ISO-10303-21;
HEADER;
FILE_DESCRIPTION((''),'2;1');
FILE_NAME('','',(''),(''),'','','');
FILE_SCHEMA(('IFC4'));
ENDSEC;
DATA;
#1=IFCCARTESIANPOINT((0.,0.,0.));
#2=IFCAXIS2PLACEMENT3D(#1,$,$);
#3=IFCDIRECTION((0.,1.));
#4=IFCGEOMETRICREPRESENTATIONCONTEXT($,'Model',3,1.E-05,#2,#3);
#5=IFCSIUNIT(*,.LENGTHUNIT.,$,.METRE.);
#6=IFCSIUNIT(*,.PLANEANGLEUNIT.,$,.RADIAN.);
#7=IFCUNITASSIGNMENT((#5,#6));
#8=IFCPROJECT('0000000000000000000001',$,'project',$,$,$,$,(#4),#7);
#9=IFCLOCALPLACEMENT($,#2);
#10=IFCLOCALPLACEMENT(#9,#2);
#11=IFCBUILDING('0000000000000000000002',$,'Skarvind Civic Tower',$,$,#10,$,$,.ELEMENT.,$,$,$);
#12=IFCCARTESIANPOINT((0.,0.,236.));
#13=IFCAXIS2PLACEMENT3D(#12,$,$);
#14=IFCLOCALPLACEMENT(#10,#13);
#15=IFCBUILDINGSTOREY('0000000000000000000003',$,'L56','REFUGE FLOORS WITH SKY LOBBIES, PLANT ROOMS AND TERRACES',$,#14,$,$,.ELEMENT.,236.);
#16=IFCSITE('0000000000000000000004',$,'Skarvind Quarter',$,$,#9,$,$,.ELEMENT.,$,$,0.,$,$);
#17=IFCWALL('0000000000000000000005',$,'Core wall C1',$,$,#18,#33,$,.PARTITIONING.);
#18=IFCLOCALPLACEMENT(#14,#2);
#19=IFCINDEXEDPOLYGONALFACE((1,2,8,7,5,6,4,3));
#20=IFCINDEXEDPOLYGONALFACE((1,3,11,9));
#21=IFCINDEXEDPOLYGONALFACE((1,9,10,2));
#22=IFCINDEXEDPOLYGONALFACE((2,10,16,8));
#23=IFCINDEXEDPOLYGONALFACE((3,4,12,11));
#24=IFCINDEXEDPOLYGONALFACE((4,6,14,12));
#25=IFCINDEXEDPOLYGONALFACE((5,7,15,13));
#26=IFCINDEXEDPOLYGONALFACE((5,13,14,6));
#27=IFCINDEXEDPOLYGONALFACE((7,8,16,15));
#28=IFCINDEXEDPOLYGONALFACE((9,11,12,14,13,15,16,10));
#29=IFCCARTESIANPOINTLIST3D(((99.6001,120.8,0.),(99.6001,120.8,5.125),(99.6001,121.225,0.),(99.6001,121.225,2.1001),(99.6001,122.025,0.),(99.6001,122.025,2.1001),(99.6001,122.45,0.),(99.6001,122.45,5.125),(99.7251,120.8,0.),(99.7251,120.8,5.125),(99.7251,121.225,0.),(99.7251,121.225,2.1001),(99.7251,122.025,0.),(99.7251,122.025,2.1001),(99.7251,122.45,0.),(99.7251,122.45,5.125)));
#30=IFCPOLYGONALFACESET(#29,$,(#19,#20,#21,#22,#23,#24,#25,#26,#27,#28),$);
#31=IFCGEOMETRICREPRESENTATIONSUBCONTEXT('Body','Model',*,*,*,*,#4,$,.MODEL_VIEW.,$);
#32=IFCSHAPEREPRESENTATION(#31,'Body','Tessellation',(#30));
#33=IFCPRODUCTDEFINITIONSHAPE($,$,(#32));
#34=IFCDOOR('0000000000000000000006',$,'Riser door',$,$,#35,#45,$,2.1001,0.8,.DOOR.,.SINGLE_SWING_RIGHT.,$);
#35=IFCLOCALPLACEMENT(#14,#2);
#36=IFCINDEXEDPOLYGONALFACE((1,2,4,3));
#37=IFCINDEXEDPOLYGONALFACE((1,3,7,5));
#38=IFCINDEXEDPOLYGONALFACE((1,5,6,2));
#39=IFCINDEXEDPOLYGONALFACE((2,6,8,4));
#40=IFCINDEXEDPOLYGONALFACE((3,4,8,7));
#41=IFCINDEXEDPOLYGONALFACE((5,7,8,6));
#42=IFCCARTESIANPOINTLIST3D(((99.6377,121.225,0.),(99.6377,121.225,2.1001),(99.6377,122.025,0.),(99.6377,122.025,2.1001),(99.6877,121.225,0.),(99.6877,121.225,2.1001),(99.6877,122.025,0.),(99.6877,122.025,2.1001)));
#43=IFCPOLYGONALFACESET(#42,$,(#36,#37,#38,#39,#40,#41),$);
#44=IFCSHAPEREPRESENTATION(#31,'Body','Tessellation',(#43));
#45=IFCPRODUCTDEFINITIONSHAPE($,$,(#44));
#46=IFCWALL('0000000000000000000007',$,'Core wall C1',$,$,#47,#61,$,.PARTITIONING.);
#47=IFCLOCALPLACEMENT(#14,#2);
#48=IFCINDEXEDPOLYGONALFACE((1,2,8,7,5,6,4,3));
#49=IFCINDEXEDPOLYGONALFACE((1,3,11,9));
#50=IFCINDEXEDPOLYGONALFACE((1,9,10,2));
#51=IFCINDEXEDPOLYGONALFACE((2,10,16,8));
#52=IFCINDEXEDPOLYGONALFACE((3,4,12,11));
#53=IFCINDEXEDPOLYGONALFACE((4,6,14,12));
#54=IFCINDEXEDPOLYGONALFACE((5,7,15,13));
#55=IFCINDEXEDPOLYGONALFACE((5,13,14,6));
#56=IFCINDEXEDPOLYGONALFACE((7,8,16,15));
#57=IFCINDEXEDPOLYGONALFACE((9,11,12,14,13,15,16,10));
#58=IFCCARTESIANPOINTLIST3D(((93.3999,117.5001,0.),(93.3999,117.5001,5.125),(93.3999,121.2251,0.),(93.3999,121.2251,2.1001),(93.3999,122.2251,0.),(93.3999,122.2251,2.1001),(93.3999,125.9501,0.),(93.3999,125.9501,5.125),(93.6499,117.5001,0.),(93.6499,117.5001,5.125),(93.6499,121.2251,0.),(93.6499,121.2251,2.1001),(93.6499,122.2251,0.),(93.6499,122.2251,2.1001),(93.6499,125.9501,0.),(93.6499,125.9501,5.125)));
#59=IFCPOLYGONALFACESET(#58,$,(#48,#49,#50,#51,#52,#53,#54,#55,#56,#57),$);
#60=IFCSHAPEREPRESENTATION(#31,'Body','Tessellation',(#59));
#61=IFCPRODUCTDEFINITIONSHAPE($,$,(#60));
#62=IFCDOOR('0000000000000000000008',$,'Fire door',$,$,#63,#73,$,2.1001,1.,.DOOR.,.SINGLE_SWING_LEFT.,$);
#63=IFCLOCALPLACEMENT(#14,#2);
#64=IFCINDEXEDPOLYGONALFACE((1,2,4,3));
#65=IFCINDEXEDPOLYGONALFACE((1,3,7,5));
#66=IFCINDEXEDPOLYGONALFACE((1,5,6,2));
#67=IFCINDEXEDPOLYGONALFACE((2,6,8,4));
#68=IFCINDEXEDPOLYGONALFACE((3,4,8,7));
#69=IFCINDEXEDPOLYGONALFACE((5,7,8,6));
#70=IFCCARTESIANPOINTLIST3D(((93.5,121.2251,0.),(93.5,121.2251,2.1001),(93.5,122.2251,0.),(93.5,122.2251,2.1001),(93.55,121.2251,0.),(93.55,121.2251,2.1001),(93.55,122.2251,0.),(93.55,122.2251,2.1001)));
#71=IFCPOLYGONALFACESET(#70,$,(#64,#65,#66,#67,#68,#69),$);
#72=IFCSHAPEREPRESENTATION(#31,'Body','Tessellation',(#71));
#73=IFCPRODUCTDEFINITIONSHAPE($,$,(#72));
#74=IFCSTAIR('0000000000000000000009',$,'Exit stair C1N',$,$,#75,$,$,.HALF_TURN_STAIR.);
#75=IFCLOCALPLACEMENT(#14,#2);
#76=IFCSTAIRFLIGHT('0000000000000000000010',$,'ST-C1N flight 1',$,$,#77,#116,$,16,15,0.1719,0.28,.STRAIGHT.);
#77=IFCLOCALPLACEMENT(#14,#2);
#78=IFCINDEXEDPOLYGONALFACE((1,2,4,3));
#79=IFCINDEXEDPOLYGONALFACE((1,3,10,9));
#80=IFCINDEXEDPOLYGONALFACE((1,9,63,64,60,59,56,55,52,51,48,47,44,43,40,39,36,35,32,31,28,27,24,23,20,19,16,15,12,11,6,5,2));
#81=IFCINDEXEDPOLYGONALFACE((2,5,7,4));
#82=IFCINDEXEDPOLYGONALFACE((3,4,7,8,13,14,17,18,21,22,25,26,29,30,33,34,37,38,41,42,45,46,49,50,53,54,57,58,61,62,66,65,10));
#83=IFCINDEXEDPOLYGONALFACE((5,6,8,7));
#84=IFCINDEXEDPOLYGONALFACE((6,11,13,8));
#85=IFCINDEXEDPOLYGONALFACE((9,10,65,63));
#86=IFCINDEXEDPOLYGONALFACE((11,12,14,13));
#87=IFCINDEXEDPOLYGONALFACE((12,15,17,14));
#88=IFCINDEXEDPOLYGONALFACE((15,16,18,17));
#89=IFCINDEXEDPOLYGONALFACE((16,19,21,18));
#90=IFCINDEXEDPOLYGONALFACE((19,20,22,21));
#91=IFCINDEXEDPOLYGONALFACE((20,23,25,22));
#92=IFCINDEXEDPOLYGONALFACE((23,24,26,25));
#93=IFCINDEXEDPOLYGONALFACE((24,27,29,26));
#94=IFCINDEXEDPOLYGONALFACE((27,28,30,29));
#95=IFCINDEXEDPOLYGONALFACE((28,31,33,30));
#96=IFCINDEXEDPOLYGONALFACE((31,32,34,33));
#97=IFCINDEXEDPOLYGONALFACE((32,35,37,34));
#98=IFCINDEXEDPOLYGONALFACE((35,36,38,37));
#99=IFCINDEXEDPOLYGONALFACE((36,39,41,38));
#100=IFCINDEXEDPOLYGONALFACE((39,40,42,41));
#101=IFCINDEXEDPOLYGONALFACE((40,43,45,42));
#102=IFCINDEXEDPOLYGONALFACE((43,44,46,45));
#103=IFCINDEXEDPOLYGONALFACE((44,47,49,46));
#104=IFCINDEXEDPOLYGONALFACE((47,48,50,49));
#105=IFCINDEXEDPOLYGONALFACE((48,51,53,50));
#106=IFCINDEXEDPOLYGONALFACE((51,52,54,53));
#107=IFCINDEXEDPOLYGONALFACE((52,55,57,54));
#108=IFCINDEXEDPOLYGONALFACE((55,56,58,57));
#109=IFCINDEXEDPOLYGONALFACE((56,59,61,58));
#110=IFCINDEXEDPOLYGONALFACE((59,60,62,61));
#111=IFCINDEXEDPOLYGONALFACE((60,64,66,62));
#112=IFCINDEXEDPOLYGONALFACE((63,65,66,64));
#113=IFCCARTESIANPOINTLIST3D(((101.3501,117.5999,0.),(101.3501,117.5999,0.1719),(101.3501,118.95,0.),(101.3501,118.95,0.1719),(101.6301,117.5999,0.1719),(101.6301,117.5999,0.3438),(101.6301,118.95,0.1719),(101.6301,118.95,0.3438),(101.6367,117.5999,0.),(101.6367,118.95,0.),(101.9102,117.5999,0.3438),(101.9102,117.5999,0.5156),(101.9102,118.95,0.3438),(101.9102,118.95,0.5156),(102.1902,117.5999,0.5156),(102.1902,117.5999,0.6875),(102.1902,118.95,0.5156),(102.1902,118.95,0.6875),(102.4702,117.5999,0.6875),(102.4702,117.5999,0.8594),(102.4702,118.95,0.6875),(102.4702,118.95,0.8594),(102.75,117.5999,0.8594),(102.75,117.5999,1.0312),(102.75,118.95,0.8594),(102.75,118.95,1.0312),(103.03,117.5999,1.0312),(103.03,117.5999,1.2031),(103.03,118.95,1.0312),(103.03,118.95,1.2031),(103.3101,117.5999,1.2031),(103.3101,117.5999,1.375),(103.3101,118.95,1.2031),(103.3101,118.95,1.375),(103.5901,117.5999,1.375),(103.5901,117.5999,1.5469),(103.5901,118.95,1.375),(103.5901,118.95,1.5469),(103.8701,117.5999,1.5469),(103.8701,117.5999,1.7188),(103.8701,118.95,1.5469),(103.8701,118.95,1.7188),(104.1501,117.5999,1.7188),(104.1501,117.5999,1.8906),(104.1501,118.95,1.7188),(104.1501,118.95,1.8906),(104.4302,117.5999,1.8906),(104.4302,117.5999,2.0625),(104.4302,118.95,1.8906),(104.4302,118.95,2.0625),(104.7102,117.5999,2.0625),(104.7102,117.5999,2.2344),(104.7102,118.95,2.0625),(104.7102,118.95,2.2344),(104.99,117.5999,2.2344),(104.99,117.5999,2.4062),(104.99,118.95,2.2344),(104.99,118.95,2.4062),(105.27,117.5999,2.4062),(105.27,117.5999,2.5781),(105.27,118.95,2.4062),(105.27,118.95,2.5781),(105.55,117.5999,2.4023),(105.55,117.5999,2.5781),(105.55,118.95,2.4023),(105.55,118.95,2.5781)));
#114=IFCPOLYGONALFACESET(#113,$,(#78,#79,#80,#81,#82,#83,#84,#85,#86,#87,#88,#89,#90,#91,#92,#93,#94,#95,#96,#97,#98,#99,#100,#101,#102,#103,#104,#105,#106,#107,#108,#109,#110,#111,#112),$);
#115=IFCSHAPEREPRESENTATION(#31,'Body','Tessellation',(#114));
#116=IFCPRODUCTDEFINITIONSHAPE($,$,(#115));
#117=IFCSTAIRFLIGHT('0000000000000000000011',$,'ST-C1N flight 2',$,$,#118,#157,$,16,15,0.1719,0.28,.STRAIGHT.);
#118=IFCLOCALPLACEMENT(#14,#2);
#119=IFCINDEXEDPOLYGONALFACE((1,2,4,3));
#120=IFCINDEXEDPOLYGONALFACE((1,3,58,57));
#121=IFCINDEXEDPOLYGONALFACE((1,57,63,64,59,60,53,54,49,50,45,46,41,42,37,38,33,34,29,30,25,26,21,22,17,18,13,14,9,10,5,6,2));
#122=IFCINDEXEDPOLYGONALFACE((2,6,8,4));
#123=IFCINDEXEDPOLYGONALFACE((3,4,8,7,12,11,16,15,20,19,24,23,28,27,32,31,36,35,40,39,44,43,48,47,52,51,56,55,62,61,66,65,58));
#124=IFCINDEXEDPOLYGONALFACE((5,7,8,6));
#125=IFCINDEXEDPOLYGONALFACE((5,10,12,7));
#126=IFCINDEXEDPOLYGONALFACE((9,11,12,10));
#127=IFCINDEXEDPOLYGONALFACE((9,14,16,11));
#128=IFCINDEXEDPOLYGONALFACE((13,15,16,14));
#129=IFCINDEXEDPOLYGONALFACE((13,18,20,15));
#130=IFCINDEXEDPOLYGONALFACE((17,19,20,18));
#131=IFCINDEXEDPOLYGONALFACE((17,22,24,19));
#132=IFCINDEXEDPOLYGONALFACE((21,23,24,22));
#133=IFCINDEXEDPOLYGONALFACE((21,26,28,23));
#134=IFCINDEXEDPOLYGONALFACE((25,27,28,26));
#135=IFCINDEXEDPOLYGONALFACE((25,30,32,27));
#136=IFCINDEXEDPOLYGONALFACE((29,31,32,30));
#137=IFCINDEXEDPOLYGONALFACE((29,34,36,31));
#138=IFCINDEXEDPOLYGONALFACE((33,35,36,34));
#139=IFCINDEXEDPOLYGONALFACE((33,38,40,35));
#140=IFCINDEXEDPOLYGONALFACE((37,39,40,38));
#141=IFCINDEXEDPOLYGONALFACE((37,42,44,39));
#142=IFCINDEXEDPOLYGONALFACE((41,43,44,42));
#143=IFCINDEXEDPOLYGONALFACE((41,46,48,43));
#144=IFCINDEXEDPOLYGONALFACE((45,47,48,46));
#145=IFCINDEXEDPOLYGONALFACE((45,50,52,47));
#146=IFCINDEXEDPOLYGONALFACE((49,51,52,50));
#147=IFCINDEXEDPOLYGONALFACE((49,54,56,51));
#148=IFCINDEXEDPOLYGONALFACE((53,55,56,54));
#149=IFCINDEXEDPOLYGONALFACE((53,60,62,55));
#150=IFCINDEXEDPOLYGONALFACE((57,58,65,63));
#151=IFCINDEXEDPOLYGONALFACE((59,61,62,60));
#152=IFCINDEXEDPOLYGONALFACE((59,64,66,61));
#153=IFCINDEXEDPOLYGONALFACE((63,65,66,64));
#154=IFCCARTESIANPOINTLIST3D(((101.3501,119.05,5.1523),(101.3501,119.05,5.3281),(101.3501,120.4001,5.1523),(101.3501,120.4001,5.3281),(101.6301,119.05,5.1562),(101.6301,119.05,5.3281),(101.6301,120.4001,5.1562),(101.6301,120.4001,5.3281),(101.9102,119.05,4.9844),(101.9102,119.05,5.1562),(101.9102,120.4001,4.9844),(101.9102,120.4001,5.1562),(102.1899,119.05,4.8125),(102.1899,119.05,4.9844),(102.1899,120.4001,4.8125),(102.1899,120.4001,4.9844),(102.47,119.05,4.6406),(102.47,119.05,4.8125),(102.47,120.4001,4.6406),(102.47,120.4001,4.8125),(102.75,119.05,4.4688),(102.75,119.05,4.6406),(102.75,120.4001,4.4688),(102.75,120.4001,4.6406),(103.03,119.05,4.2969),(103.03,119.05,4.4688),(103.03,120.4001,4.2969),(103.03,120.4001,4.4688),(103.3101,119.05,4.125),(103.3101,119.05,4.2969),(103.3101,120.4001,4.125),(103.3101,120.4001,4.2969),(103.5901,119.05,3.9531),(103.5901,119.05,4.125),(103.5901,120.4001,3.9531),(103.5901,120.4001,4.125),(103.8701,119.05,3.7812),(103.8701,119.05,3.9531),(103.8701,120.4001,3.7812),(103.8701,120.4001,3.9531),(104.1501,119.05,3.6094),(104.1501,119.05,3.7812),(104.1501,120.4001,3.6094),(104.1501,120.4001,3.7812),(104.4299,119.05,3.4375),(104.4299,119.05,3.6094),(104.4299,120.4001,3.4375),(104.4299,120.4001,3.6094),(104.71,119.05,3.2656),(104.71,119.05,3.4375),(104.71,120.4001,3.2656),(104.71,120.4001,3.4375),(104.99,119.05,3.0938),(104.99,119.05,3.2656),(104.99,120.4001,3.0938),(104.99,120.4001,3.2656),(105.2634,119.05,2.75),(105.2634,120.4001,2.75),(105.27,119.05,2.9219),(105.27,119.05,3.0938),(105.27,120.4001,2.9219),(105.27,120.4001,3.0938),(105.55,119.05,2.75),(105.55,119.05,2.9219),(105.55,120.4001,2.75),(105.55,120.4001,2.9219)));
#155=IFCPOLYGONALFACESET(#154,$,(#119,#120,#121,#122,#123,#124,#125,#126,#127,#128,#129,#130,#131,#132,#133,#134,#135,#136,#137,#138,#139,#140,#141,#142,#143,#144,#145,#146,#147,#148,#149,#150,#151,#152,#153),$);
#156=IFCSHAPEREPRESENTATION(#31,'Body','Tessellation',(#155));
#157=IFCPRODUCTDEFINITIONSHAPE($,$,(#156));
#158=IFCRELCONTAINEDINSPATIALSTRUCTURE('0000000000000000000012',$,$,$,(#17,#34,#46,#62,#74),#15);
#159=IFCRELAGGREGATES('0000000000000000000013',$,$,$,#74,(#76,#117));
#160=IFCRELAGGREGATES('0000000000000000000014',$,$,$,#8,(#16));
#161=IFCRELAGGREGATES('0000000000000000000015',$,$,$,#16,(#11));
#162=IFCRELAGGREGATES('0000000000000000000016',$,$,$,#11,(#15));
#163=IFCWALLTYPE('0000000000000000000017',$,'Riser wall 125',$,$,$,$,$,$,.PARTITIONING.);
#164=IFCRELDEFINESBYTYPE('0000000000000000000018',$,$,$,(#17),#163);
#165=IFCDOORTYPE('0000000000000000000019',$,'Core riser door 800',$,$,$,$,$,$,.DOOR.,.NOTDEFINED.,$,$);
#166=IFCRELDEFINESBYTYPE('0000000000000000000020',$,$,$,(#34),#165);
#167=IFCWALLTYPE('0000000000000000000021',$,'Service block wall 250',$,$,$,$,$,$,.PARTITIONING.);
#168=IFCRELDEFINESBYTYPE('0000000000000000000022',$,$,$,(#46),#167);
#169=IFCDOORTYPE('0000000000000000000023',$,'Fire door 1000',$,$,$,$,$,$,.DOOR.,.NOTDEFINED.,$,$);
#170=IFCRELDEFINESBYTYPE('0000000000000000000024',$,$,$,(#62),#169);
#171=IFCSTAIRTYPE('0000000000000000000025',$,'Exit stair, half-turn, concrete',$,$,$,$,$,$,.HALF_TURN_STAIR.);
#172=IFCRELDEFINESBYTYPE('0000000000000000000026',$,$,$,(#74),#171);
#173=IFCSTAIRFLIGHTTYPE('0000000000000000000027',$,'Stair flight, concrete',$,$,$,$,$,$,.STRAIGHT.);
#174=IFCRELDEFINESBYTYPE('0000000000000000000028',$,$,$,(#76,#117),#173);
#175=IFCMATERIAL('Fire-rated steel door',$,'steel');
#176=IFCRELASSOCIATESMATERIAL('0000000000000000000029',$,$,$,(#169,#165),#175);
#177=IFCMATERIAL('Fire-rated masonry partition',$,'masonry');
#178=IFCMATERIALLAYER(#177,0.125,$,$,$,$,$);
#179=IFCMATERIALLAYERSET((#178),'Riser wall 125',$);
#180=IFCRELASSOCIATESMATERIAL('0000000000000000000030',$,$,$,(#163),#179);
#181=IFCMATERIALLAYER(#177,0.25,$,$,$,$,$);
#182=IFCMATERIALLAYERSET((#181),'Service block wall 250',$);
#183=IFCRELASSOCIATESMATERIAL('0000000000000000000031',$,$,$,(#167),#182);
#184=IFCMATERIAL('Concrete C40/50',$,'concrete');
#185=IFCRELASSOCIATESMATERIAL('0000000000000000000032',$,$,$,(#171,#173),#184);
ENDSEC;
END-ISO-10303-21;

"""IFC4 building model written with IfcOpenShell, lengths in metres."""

from ifc_helpers import new_model, si_unit, direction, frame, frame_2d, origin, place, context, subcontext, project, spatial, polyline, rectangle, outline, extrude, material, layer, layer_set, type_object, element, fill, aggregate, save


model = new_model("IFC4")

# Units and contexts
model_context = context("Model", 3, precision=1e-05, world=origin(), true_north=direction((0.0, 1.0)))
body_context = subcontext(model_context, "Body", "Model", "MODEL_VIEW")
ifc_project = project(units=[si_unit("LENGTHUNIT", "METRE"), si_unit("PLANEANGLEUNIT", "RADIAN")], contexts=[model_context])

# Site, building, storey
site_placement = place(None, origin())
site = spatial("IfcSite", under=ifc_project, at=site_placement, Name="Skarvind Quarter", CompositionType="ELEMENT", RefElevation=0.0)
building_placement = place(site_placement, origin())
building = spatial("IfcBuilding", under=site, at=building_placement, Name="Skarvind Civic Tower", CompositionType="ELEMENT")
storey_placement = place(building_placement, frame((0.0, 0.0, 236.0)))
storey = spatial("IfcBuildingStorey", under=building, at=storey_placement, Name="L56", Description="REFUGE FLOORS WITH SKY LOBBIES, PLANT ROOMS AND TERRACES", CompositionType="ELEMENT", Elevation=236.0)

# Shared definitions
ifc_material_1 = material(Name="Fire-rated masonry partition", Category="masonry")
ifc_material_2 = material(Name="Fire-rated steel door", Category="steel")

# Shared definitions
door_type_1 = type_object("IfcDoorType", Name="Fire door 1000", OperationType="NOTDEFINED", PredefinedType="DOOR", material=ifc_material_2)

# Walls, openings, doors
ifc_layer_1 = layer(ifc_material_1, 0.125)
ifc_layer_set_1 = layer_set([ifc_layer_1], Name="Riser wall 125")
wall_type_1 = type_object("IfcWallType", Name="Riser wall 125", PredefinedType="PARTITIONING", material=ifc_layer_set_1)
wall_1_placement = place(storey_placement, frame((99.6626, 120.8, 0.0), z_axis=(0.0, 0.0, 1.0), x_axis=(0.0, 1.0, 0.0)))
wall_1 = element("IfcWall", 1, at=wall_1_placement, inside=storey, type_object=wall_type_1, Name="Core wall C1", PredefinedType="PARTITIONING", context=body_context, shape_type="SweptSolid", body=[
    extrude(rectangle(XDim=1.6499, YDim=0.125, at=frame_2d((0.825, 0.0))), origin(), (0.0, 0.0, 1.0), 5.125),
])
opening_1_placement = place(wall_1_placement, frame((0.425, 0.0, 0.0)))
opening_1 = element("IfcOpeningElement", 2, at=opening_1_placement, cuts=wall_1, PredefinedType="OPENING", context=body_context, shape_type="SweptSolid", body=[
    extrude(rectangle(XDim=0.8, YDim=2.1001, at=frame_2d((0.3999, 1.05))), frame((0.0, 0.0725, 0.0), z_axis=(0.0, -1.0, 0.0), x_axis=(1.0, 0.0, 0.0)), (0.0, 0.0, 1.0), 0.145),
])
door_type_2 = type_object("IfcDoorType", Name="Core riser door 800", OperationType="NOTDEFINED", PredefinedType="DOOR", material=ifc_material_2)
door_1_placement = place(opening_1_placement, origin())
door_1 = element("IfcDoor", 3, at=door_1_placement, inside=storey, type_object=door_type_2, Name="Riser door", OperationType="SINGLE_SWING_RIGHT", OverallHeight=2.1001, OverallWidth=0.8, PredefinedType="DOOR", context=body_context, shape_type="SweptSolid", body=[
    extrude(rectangle(XDim=0.8, YDim=2.1001, at=frame_2d((0.3999, 1.05))), frame((0.0, 0.0249, 0.0), z_axis=(0.0, -1.0, 0.0), x_axis=(1.0, 0.0, 0.0)), (0.0, 0.0, 1.0), 0.05),
])
fill(opening_1, door_1)
ifc_layer_2 = layer(ifc_material_1, 0.25)
ifc_layer_set_2 = layer_set([ifc_layer_2], Name="Service block wall 250")
wall_type_2 = type_object("IfcWallType", Name="Service block wall 250", PredefinedType="PARTITIONING", material=ifc_layer_set_2)
wall_2_placement = place(storey_placement, frame((93.5249, 117.5, 0.0), z_axis=(0.0, 0.0, 1.0), x_axis=(0.0, 1.0, 0.0)))
wall_2 = element("IfcWall", 4, at=wall_2_placement, inside=storey, type_object=wall_type_2, Name="Core wall C1", PredefinedType="PARTITIONING", context=body_context, shape_type="SweptSolid", body=[
    extrude(rectangle(XDim=8.45, YDim=0.25, at=frame_2d((4.2251, 0.0))), origin(), (0.0, 0.0, 1.0), 5.125),
])
opening_2_placement = place(wall_2_placement, frame((3.7251, 0.0, 0.0)))
opening_2 = element("IfcOpeningElement", 5, at=opening_2_placement, cuts=wall_2, PredefinedType="OPENING", context=body_context, shape_type="SweptSolid", body=[
    extrude(rectangle(XDim=1.0, YDim=2.1001, at=frame_2d((0.5, 1.05))), frame((0.0, 0.135, 0.0), z_axis=(0.0, -1.0, 0.0), x_axis=(1.0, 0.0, 0.0)), (0.0, 0.0, 1.0), 0.27),
])
door_2_placement = place(opening_2_placement, origin())
door_2 = element("IfcDoor", 6, at=door_2_placement, inside=storey, type_object=door_type_1, Name="Fire door", OperationType="SINGLE_SWING_LEFT", OverallHeight=2.1001, OverallWidth=1.0, PredefinedType="DOOR", context=body_context, shape_type="SweptSolid", body=[
    extrude(rectangle(XDim=1.0, YDim=2.1001, at=frame_2d((0.5, 1.05))), frame((0.0, 0.0249, 0.0), z_axis=(0.0, -1.0, 0.0), x_axis=(1.0, 0.0, 0.0)), (0.0, 0.0, 1.0), 0.05),
])
fill(opening_2, door_2)

# Stair, stair flights
ifc_material_3 = material(Name="Concrete C40/50", Category="concrete")
stair_type = type_object("IfcStairType", Name="Exit stair, half-turn, concrete", PredefinedType="HALF_TURN_STAIR", material=ifc_material_3)
stair_placement = place(storey_placement, origin())
stair = element("IfcStair", 7, at=stair_placement, inside=storey, type_object=stair_type, Name="Exit stair C1N", PredefinedType="HALF_TURN_STAIR")
stair_flight_type = type_object("IfcStairFlightType", Name="Stair flight, concrete", PredefinedType="STRAIGHT", material=ifc_material_3)
stair_flight_1_placement = place(storey_placement, frame((101.3501, 118.2749, 0.0), z_axis=(0.0, 0.0, 1.0), x_axis=(1.0, 0.0, 0.0)))
stair_flight_1 = element("IfcStairFlight", 8, at=stair_flight_1_placement, type_object=stair_flight_type, Name="ST-C1N flight 1", NumberOfRisers=16, NumberOfTreads=15, PredefinedType="STRAIGHT", RiserHeight=0.1719, TreadLength=0.28, context=body_context, shape_type="SweptSolid", body=[
    extrude(outline(polyline([(0.0, 0.0), (0.0, 0.1719), (0.28, 0.1719), (0.28, 0.3438), (0.5601, 0.3438), (0.5601, 0.5156), (0.8401, 0.5156), (0.8401, 0.6875), (1.1201, 0.6875), (1.1201, 0.8594), (1.3999, 0.8594), (1.3999, 1.0312), (1.6799, 1.0312), (1.6799, 1.2031), (1.96, 1.2031), (1.96, 1.375), (2.24, 1.375), (2.24, 1.5469), (2.52, 1.5469), (2.52, 1.7188), (2.8, 1.7188), (2.8, 1.8906), (3.0801, 1.8906), (3.0801, 2.0625), (3.3601, 2.0625), (3.3601, 2.2344), (3.6399, 2.2344), (3.6399, 2.4062), (3.9199, 2.4062), (3.9199, 2.5781), (4.2, 2.5781), (4.2, 2.75), (4.2, 2.4023), (0.2866, 0.0), (0.0, 0.0)])), frame((0.0, 0.675, 0.0), z_axis=(0.0, -1.0, 0.0), x_axis=(1.0, 0.0, 0.0)), (0.0, 0.0, 1.0), 1.3501),
])
stair_flight_2_placement = place(storey_placement, frame((105.55, 119.7251, 2.75), z_axis=(0.0, 0.0, 1.0), x_axis=(-1.0, 0.0, 0.0)))
stair_flight_2 = element("IfcStairFlight", 9, at=stair_flight_2_placement, type_object=stair_flight_type, Name="ST-C1N flight 2", NumberOfRisers=16, NumberOfTreads=15, PredefinedType="STRAIGHT", RiserHeight=0.1719, TreadLength=0.28, context=body_context, shape_type="SweptSolid", body=[
    extrude(outline(polyline([(0.0, 0.0), (0.0, 0.1719), (0.28, 0.1719), (0.28, 0.3438), (0.5601, 0.3438), (0.5601, 0.5156), (0.8401, 0.5156), (0.8401, 0.6875), (1.1201, 0.6875), (1.1201, 0.8594), (1.3999, 0.8594), (1.3999, 1.0312), (1.6799, 1.0312), (1.6799, 1.2031), (1.96, 1.2031), (1.96, 1.375), (2.24, 1.375), (2.24, 1.5469), (2.52, 1.5469), (2.52, 1.7188), (2.8, 1.7188), (2.8, 1.8906), (3.0801, 1.8906), (3.0801, 2.0625), (3.3601, 2.0625), (3.3601, 2.2344), (3.6399, 2.2344), (3.6399, 2.4062), (3.9199, 2.4062), (3.9199, 2.5781), (4.2, 2.5781), (4.2, 2.75), (4.2, 2.4023), (0.2866, 0.0), (0.0, 0.0)])), frame((0.0, 0.675, 0.0), z_axis=(0.0, -1.0, 0.0), x_axis=(1.0, 0.0, 0.0)), (0.0, 0.0, 1.0), 1.3501),
])
aggregate(stair, [stair_flight_1, stair_flight_2])

save(model, "model.ifc")
